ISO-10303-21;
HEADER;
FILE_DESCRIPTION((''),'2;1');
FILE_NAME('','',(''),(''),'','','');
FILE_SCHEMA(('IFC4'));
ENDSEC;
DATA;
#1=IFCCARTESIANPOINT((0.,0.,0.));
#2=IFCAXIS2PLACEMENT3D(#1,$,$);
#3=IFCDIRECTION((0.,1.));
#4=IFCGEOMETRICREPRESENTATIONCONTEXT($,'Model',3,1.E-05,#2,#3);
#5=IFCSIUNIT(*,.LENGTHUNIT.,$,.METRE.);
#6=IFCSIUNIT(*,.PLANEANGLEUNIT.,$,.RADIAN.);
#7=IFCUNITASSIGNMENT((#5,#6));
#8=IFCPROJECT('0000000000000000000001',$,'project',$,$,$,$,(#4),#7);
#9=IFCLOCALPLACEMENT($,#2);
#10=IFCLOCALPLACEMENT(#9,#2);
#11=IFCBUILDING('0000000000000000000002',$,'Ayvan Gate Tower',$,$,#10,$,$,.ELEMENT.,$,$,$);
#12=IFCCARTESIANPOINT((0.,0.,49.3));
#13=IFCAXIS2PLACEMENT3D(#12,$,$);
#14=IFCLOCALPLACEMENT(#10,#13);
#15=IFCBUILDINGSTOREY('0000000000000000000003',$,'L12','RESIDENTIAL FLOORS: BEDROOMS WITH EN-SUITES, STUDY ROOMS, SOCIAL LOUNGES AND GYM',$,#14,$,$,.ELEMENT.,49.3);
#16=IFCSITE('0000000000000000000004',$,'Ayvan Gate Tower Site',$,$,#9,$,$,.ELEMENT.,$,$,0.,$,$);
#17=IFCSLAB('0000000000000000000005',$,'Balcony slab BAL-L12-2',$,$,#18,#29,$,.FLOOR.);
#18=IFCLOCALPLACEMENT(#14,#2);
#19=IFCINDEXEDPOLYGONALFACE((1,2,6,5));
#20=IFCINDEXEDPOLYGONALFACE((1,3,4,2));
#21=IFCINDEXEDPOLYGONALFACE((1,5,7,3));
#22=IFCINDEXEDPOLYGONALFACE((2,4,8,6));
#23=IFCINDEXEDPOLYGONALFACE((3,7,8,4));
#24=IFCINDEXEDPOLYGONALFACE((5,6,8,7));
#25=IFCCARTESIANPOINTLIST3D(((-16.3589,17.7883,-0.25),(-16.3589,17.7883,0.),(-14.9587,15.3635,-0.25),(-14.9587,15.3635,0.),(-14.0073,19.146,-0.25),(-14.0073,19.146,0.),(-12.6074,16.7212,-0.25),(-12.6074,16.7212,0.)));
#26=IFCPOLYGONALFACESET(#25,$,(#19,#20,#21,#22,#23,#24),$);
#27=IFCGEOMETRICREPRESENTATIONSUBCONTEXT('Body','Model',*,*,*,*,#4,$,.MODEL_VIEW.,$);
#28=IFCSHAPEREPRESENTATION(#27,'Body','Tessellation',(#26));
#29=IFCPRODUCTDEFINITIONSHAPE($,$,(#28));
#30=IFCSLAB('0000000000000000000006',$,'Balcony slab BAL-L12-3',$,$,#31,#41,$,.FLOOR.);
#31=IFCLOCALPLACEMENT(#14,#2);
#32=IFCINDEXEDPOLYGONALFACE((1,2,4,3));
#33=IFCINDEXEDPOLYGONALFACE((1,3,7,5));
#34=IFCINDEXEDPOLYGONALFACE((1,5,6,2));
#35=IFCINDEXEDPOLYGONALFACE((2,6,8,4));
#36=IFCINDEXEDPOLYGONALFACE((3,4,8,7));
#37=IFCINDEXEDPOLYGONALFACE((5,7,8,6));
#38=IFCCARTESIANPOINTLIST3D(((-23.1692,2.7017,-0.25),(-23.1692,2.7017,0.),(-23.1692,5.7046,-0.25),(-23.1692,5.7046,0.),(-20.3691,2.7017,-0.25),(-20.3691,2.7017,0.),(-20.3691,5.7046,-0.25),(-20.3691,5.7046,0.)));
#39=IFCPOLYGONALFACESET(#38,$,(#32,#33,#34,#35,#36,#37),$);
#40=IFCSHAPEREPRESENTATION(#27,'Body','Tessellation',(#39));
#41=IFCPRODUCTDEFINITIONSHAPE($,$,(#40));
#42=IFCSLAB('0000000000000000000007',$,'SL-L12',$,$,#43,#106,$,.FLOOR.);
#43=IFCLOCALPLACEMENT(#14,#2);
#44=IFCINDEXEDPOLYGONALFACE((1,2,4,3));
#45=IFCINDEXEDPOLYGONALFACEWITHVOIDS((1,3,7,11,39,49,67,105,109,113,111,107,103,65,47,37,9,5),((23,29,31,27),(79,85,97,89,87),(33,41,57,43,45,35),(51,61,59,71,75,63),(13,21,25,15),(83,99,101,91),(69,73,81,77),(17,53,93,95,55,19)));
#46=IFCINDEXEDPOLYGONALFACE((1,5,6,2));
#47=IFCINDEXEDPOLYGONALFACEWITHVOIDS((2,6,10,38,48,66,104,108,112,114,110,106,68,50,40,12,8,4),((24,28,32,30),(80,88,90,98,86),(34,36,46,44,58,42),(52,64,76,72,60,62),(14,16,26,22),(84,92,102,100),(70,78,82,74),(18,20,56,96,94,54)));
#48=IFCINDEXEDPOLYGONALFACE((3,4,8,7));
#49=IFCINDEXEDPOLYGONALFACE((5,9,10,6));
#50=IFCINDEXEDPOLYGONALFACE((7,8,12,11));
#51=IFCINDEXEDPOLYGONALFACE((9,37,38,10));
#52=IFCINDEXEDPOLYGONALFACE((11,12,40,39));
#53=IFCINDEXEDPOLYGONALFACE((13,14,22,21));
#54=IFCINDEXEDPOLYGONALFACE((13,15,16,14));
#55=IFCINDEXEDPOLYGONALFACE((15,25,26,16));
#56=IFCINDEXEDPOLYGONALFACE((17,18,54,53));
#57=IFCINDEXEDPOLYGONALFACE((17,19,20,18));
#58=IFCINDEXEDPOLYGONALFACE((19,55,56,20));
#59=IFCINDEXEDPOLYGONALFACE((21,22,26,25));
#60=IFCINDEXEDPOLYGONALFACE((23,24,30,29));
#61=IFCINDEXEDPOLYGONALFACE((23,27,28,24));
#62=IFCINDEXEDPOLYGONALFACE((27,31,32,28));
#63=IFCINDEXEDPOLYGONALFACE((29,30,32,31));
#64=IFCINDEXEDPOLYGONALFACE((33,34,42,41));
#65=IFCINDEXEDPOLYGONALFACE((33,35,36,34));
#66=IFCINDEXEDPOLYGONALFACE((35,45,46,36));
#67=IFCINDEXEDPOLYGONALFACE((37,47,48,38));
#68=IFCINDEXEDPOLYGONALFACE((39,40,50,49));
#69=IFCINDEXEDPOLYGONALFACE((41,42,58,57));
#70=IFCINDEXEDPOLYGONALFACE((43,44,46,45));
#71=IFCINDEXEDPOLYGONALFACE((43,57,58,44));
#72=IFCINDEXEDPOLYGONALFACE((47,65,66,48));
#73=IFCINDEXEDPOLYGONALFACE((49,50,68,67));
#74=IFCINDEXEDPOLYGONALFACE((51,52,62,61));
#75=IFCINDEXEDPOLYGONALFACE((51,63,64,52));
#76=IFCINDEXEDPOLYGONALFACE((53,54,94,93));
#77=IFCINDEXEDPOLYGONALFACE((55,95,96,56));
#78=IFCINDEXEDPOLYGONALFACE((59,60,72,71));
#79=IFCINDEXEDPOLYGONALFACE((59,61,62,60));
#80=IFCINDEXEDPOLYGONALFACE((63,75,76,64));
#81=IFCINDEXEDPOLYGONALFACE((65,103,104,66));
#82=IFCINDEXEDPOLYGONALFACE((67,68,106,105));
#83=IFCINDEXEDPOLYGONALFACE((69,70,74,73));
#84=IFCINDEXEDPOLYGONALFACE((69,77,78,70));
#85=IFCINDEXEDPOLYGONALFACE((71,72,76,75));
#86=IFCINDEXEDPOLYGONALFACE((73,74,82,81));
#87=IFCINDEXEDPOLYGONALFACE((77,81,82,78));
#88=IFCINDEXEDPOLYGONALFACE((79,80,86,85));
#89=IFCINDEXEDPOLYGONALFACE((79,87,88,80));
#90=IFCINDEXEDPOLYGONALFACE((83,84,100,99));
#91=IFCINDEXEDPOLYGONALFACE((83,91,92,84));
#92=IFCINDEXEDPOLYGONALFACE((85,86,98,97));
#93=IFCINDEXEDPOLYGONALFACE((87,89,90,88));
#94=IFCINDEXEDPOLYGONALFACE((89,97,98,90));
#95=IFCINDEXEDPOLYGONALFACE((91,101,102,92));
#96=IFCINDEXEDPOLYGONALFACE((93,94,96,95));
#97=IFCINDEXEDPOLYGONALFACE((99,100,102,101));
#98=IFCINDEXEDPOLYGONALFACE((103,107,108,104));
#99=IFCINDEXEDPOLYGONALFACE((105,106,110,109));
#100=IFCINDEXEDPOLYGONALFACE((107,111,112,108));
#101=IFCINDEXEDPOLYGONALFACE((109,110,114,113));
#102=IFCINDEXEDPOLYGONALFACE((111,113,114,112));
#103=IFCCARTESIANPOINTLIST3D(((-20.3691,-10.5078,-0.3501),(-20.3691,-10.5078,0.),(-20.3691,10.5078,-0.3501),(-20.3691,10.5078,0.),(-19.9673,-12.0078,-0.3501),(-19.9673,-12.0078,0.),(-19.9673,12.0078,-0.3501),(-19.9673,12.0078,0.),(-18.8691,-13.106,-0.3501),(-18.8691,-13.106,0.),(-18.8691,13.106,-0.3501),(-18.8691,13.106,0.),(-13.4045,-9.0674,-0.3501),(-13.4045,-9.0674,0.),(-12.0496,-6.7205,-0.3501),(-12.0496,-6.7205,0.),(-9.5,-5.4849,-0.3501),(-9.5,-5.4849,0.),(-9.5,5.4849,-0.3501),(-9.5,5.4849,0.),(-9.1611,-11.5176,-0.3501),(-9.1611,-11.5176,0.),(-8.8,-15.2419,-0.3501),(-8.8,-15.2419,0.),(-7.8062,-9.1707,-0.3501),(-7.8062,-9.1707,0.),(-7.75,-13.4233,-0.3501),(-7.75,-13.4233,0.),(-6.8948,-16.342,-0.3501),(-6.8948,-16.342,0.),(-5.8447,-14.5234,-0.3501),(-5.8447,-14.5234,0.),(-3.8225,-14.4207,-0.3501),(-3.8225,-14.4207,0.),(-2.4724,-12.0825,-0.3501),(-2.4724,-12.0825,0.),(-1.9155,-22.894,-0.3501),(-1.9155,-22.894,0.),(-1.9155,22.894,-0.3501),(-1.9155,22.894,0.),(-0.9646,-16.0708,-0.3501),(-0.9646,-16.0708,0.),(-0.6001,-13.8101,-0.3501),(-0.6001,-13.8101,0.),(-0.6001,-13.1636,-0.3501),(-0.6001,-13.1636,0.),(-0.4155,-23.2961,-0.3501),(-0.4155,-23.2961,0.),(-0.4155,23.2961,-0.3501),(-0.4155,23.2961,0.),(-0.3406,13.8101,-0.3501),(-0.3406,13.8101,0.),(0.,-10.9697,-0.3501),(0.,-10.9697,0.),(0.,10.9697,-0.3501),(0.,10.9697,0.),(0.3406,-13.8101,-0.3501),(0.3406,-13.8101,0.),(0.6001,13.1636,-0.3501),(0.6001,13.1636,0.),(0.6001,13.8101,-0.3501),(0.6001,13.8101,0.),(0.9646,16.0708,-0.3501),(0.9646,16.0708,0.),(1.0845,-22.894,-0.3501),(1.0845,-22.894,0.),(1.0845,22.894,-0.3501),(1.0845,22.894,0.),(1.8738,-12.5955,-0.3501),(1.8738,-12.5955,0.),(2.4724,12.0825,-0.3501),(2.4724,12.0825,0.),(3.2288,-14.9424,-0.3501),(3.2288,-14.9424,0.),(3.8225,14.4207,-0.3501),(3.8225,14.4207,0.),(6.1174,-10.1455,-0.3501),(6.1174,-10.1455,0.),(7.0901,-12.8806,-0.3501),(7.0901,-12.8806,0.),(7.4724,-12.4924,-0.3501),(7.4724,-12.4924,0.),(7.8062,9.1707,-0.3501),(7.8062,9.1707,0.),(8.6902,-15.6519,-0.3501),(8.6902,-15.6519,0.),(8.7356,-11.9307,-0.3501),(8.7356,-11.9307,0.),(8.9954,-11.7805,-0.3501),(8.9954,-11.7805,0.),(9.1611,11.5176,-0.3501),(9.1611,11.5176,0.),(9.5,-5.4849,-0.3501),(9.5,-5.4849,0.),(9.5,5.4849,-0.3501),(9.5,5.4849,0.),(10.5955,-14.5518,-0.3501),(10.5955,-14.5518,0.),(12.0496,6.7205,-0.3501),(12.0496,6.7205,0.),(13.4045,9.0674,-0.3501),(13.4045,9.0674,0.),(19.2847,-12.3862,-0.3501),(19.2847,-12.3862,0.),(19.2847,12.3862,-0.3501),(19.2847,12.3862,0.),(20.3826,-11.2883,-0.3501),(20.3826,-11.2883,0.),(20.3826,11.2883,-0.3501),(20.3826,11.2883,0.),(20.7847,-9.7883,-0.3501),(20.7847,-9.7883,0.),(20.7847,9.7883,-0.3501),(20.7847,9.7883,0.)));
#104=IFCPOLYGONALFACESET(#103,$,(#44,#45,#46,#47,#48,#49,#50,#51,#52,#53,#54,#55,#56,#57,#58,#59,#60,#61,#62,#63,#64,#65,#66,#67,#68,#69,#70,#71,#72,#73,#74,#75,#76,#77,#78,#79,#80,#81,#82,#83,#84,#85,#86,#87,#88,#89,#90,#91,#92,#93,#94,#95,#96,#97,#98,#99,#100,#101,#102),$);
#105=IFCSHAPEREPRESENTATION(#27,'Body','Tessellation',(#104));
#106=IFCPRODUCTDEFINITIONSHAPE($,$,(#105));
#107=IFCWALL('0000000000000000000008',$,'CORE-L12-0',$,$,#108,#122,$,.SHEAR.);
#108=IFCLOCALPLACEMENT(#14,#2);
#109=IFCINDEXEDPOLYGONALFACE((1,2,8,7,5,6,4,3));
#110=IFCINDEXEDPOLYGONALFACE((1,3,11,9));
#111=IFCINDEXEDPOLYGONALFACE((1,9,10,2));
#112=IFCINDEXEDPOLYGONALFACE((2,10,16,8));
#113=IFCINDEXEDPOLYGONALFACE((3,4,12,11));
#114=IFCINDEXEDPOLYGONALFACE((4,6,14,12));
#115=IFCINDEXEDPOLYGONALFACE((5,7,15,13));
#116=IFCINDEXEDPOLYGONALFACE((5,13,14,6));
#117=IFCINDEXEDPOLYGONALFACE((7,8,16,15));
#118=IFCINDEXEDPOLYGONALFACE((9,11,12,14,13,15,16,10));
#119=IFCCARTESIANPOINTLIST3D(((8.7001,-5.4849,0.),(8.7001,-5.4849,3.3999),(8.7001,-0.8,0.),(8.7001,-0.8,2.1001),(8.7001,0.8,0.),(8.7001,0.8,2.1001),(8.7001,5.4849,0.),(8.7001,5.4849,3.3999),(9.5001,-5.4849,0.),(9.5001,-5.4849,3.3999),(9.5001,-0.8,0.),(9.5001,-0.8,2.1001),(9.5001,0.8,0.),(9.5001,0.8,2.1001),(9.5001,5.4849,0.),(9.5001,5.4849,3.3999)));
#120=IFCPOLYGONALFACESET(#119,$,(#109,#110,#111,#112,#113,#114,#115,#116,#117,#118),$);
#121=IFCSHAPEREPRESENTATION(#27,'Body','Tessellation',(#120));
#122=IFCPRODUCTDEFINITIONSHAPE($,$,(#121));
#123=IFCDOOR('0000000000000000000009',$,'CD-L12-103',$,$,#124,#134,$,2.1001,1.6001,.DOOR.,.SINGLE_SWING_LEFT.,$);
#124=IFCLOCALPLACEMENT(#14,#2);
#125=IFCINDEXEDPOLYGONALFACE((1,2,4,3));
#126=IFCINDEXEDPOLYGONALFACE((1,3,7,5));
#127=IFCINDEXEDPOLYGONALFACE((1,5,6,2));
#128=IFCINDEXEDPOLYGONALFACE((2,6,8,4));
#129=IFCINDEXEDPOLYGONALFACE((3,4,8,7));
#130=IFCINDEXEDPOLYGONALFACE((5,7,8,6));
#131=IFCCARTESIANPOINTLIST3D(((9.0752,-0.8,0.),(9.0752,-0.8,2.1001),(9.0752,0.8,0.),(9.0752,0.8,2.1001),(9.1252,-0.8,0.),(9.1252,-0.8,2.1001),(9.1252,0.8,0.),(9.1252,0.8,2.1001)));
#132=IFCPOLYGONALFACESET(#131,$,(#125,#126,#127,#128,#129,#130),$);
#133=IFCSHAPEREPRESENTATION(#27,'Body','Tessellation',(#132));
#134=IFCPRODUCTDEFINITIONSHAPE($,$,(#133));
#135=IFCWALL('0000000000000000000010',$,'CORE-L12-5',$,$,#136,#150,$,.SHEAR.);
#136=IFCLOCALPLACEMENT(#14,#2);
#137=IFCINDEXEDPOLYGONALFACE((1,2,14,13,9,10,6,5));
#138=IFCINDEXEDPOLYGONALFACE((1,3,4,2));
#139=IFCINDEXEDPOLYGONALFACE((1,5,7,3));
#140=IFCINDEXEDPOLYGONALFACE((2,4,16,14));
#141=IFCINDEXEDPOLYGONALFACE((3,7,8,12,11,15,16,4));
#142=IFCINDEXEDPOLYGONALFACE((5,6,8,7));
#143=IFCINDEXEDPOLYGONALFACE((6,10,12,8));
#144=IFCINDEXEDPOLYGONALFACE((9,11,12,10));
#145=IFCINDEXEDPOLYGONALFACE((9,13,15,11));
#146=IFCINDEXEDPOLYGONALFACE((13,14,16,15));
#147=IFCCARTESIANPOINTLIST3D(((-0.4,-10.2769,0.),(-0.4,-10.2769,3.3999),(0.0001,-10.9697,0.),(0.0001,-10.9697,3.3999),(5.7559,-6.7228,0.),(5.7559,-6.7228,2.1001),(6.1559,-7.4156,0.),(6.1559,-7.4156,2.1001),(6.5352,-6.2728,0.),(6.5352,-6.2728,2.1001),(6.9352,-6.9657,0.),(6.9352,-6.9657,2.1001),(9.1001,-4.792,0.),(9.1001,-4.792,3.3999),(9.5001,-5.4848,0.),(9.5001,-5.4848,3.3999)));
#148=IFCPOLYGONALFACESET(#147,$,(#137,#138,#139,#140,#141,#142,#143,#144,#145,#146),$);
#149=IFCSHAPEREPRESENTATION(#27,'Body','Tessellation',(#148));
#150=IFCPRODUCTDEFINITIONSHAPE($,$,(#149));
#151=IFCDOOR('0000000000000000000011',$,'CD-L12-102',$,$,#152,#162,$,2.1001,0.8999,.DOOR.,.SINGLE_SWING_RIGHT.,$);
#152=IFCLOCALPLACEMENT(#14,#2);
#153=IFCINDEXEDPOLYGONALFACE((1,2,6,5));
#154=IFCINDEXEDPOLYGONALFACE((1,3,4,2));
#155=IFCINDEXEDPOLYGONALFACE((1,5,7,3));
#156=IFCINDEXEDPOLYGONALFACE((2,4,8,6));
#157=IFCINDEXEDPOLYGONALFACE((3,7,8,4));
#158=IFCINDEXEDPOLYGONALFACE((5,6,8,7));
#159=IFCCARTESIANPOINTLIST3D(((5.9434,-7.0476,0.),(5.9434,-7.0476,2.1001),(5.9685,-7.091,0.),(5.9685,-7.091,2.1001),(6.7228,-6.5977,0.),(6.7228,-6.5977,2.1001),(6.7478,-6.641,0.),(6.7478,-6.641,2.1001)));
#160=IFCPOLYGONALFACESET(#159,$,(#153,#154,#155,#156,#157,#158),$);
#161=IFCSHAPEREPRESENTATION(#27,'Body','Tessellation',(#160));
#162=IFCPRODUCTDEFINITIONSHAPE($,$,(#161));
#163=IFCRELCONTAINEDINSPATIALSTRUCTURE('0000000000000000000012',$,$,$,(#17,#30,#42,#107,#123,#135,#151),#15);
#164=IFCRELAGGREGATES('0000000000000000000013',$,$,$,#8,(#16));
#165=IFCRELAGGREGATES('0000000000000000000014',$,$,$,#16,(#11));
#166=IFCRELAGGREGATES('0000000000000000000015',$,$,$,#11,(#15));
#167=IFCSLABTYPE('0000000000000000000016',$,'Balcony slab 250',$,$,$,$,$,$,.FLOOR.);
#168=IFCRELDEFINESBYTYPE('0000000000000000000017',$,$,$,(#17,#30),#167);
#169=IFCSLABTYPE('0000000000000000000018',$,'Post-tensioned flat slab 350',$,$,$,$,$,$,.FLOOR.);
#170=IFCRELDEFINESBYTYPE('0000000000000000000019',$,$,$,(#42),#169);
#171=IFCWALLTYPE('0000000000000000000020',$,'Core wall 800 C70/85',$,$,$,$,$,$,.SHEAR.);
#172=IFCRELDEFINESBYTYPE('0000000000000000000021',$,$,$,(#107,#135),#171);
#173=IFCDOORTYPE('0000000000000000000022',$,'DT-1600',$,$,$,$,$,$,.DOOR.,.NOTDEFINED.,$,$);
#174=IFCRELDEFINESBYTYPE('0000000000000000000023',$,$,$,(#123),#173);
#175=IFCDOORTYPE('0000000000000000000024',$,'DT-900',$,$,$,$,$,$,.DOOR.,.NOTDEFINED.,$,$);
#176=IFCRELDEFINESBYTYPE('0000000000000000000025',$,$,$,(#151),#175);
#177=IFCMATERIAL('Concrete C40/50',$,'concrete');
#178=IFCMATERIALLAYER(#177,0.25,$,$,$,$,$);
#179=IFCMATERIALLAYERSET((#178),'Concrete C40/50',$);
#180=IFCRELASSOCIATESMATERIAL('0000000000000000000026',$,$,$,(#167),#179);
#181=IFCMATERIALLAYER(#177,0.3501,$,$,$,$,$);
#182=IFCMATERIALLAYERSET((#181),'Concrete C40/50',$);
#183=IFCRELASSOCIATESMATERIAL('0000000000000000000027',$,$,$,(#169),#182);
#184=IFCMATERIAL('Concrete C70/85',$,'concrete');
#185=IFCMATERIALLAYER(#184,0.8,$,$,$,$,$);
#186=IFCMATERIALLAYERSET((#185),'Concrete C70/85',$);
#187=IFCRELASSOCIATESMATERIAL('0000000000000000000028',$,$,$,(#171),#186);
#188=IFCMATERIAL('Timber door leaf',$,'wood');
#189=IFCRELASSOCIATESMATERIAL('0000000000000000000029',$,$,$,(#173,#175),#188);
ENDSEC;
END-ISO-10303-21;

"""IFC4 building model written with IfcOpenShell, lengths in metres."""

from ifc_helpers import new_model, si_unit, direction, frame, frame_2d, origin, place, context, subcontext, project, spatial, polyline, rectangle, outline, extrude, material, layer, layer_set, type_object, element, fill, save


model = new_model("IFC4")

# Units and contexts
model_context = context("Model", 3, precision=1e-05, world=origin(), true_north=direction((0.0, 1.0)))
body_context = subcontext(model_context, "Body", "Model", "MODEL_VIEW")
ifc_project = project(units=[si_unit("LENGTHUNIT", "METRE"), si_unit("PLANEANGLEUNIT", "RADIAN")], contexts=[model_context])

# Site, building, storey
site_placement = place(None, origin())
site = spatial("IfcSite", under=ifc_project, at=site_placement, Name="Ayvan Gate Tower Site", CompositionType="ELEMENT", RefElevation=0.0)
building_placement = place(site_placement, origin())
building = spatial("IfcBuilding", under=site, at=building_placement, Name="Ayvan Gate Tower", CompositionType="ELEMENT")
storey_placement = place(building_placement, frame((0.0, 0.0, 49.3)))
storey = spatial("IfcBuildingStorey", under=building, at=storey_placement, Name="L12", Description="RESIDENTIAL FLOORS: BEDROOMS WITH EN-SUITES, STUDY ROOMS, SOCIAL LOUNGES AND GYM", CompositionType="ELEMENT", Elevation=49.3)

# Slabs
ifc_material_1 = material(Name="Concrete C40/50", Category="concrete")
ifc_layer_1 = layer(ifc_material_1, 0.25)
ifc_layer_set_1 = layer_set([ifc_layer_1], Name="Concrete C40/50")
slab_type_1 = type_object("IfcSlabType", Name="Balcony slab 250", PredefinedType="FLOOR", material=ifc_layer_set_1)
slab_1_placement = place(storey_placement, frame((0.0, 0.0, -0.25)))
element("IfcSlab", 1, at=slab_1_placement, inside=storey, type_object=slab_type_1, Name="Balcony slab BAL-L12-2", PredefinedType="FLOOR", context=body_context, shape_type="SweptSolid", body=[
    extrude(outline(polyline([(-12.6074, 16.7212), (-14.9587, 15.3635), (-16.3589, 17.7883), (-14.0073, 19.146), (-12.6074, 16.7212)])), origin(), (0.0, 0.0, 1.0), 0.25),
])
slab_2_placement = place(storey_placement, frame((0.0, 0.0, -0.25)))
element("IfcSlab", 2, at=slab_2_placement, inside=storey, type_object=slab_type_1, Name="Balcony slab BAL-L12-3", PredefinedType="FLOOR", context=body_context, shape_type="SweptSolid", body=[
    extrude(outline(polyline([(-20.3691, 5.7046), (-20.3691, 2.7017), (-23.1692, 2.7017), (-23.1692, 5.7046), (-20.3691, 5.7046)])), origin(), (0.0, 0.0, 1.0), 0.25),
])
ifc_layer_2 = layer(ifc_material_1, 0.3501)
ifc_layer_set_2 = layer_set([ifc_layer_2], Name="Concrete C40/50")
slab_type_2 = type_object("IfcSlabType", Name="Post-tensioned flat slab 350", PredefinedType="FLOOR", material=ifc_layer_set_2)
slab_3_placement = place(storey_placement, frame((0.0, 0.0, -0.3501)))
element("IfcSlab", 3, at=slab_3_placement, inside=storey, type_object=slab_type_2, Name="SL-L12", PredefinedType="FLOOR", context=body_context, shape_type="SweptSolid", body=[
    extrude(outline(polyline([(-1.9155, -22.894), (-18.8691, -13.106), (-19.9673, -12.0078), (-20.3691, -10.5078), (-20.3691, 10.5078), (-19.9673, 12.0078), (-18.8691, 13.106), (-1.9155, 22.894), (-0.4155, 23.2961), (1.0845, 22.894), (19.2847, 12.3862), (20.3826, 11.2883), (20.7847, 9.7883), (20.7847, -9.7883), (20.3826, -11.2883), (19.2847, -12.3862), (1.0845, -22.894), (-0.4155, -23.2961), (-1.9155, -22.894)]), holes=[polyline([(9.1611, 11.5176), (7.8062, 9.1707), (12.0496, 6.7205), (13.4045, 9.0674), (9.1611, 11.5176)]), polyline([(10.5955, -14.5518), (8.9954, -11.7805), (8.7356, -11.9307), (7.0901, -12.8806), (8.6902, -15.6519), (10.5955, -14.5518)]), polyline([(-9.5, 5.4849), (-9.5, -5.4849), (0.0, -10.9697), (9.5, -5.4849), (9.5, 5.4849), (0.0, 10.9697), (-9.5, 5.4849)]), polyline([(7.4724, -12.4924), (6.1174, -10.1455), (1.8738, -12.5955), (3.2288, -14.9424), (7.4724, -12.4924)]), polyline([(3.8225, 14.4207), (0.9646, 16.0708), (-0.3406, 13.8101), (0.6001, 13.8101), (0.6001, 13.1636), (2.4724, 12.0825), (3.8225, 14.4207)]), polyline([(-0.6001, -13.8101), (-0.6001, -13.1636), (-2.4724, -12.0825), (-3.8225, -14.4207), (-0.9646, -16.0708), (0.3406, -13.8101), (-0.6001, -13.8101)]), polyline([(-8.8, -15.2419), (-6.8948, -16.342), (-5.8447, -14.5234), (-7.75, -13.4233), (-8.8, -15.2419)]), polyline([(-12.0496, -6.7205), (-13.4045, -9.0674), (-9.1611, -11.5176), (-7.8062, -9.1707), (-12.0496, -6.7205)])]), origin(), (0.0, 0.0, 1.0), 0.3501),
])

# Walls, openings, doors
ifc_material_2 = material(Name="Concrete C70/85", Category="concrete")
ifc_layer_3 = layer(ifc_material_2, 0.8)
ifc_layer_set_3 = layer_set([ifc_layer_3], Name="Concrete C70/85")
wall_type_1 = type_object("IfcWallType", Name="Core wall 800 C70/85", PredefinedType="SHEAR", material=ifc_layer_set_3)
wall_1_placement = place(storey_placement, frame((9.1001, -5.4849, 0.0), z_axis=(0.0, 0.0, 1.0), x_axis=(0.0, 1.0, 0.0)))
wall_1 = element("IfcWall", 4, at=wall_1_placement, inside=storey, type_object=wall_type_1, Name="CORE-L12-0", PredefinedType="SHEAR", context=body_context, shape_type="SweptSolid", body=[
    extrude(rectangle(XDim=10.9697, YDim=0.8, at=frame_2d((5.4849, 0.0))), origin(), (0.0, 0.0, 1.0), 3.3999),
])
opening_1_placement = place(wall_1_placement, frame((4.6848, 0.0, 0.0)))
opening_1 = element("IfcOpeningElement", 5, at=opening_1_placement, cuts=wall_1, PredefinedType="OPENING", context=body_context, shape_type="SweptSolid", body=[
    extrude(rectangle(XDim=1.6001, YDim=2.1001, at=frame_2d((0.8, 1.05))), frame((0.0, 0.4099, 0.0), z_axis=(0.0, -1.0, 0.0), x_axis=(1.0, 0.0, 0.0)), (0.0, 0.0, 1.0), 0.8201),
])
ifc_material_3 = material(Name="Timber door leaf", Category="wood")
door_type_1 = type_object("IfcDoorType", Name="DT-1600", OperationType="NOTDEFINED", PredefinedType="DOOR", material=ifc_material_3)
door_1_placement = place(opening_1_placement, origin())
door_1 = element("IfcDoor", 6, at=door_1_placement, inside=storey, type_object=door_type_1, Name="CD-L12-103", OperationType="SINGLE_SWING_LEFT", OverallHeight=2.1001, OverallWidth=1.6001, PredefinedType="DOOR", context=body_context, shape_type="SweptSolid", body=[
    extrude(rectangle(XDim=1.6001, YDim=2.1001, at=frame_2d((0.8, 1.05))), frame((0.0, 0.0249, 0.0), z_axis=(0.0, -1.0, 0.0), x_axis=(1.0, 0.0, 0.0)), (0.0, 0.0, 1.0), 0.05),
])
fill(opening_1, door_1)
wall_2_placement = place(storey_placement, frame((-0.2, -10.6233, 0.0), z_axis=(0.0, 0.0, 1.0), x_axis=(0.866024, 0.500002, 0.0)))
wall_2 = element("IfcWall", 7, at=wall_2_placement, inside=storey, type_object=wall_type_1, Name="CORE-L12-5", PredefinedType="SHEAR", context=body_context, shape_type="SweptSolid", body=[
    extrude(rectangle(XDim=10.9697, YDim=0.8, at=frame_2d((5.4849, 0.0))), origin(), (0.0, 0.0, 1.0), 3.3999),
])
opening_2_placement = place(wall_2_placement, frame((7.1082, 0.0, 0.0)))
opening_2 = element("IfcOpeningElement", 8, at=opening_2_placement, cuts=wall_2, PredefinedType="OPENING", context=body_context, shape_type="SweptSolid", body=[
    extrude(rectangle(XDim=0.8999, YDim=2.1001, at=frame_2d((0.45, 1.05))), frame((0.0, 0.4099, 0.0), z_axis=(0.0, -1.0, 0.0), x_axis=(1.0, 0.0, 0.0)), (0.0, 0.0, 1.0), 0.8201),
])
door_type_2 = type_object("IfcDoorType", Name="DT-900", OperationType="NOTDEFINED", PredefinedType="DOOR", material=ifc_material_3)
door_2_placement = place(opening_2_placement, origin())
door_2 = element("IfcDoor", 9, at=door_2_placement, inside=storey, type_object=door_type_2, Name="CD-L12-102", OperationType="SINGLE_SWING_RIGHT", OverallHeight=2.1001, OverallWidth=0.8999, PredefinedType="DOOR", context=body_context, shape_type="SweptSolid", body=[
    extrude(rectangle(XDim=0.8999, YDim=2.1001, at=frame_2d((0.45, 1.05))), frame((0.0, 0.0249, 0.0), z_axis=(0.0, -1.0, 0.0), x_axis=(1.0, 0.0, 0.0)), (0.0, 0.0, 1.0), 0.05),
])
fill(opening_2, door_2)

save(model, "model.ifc")
